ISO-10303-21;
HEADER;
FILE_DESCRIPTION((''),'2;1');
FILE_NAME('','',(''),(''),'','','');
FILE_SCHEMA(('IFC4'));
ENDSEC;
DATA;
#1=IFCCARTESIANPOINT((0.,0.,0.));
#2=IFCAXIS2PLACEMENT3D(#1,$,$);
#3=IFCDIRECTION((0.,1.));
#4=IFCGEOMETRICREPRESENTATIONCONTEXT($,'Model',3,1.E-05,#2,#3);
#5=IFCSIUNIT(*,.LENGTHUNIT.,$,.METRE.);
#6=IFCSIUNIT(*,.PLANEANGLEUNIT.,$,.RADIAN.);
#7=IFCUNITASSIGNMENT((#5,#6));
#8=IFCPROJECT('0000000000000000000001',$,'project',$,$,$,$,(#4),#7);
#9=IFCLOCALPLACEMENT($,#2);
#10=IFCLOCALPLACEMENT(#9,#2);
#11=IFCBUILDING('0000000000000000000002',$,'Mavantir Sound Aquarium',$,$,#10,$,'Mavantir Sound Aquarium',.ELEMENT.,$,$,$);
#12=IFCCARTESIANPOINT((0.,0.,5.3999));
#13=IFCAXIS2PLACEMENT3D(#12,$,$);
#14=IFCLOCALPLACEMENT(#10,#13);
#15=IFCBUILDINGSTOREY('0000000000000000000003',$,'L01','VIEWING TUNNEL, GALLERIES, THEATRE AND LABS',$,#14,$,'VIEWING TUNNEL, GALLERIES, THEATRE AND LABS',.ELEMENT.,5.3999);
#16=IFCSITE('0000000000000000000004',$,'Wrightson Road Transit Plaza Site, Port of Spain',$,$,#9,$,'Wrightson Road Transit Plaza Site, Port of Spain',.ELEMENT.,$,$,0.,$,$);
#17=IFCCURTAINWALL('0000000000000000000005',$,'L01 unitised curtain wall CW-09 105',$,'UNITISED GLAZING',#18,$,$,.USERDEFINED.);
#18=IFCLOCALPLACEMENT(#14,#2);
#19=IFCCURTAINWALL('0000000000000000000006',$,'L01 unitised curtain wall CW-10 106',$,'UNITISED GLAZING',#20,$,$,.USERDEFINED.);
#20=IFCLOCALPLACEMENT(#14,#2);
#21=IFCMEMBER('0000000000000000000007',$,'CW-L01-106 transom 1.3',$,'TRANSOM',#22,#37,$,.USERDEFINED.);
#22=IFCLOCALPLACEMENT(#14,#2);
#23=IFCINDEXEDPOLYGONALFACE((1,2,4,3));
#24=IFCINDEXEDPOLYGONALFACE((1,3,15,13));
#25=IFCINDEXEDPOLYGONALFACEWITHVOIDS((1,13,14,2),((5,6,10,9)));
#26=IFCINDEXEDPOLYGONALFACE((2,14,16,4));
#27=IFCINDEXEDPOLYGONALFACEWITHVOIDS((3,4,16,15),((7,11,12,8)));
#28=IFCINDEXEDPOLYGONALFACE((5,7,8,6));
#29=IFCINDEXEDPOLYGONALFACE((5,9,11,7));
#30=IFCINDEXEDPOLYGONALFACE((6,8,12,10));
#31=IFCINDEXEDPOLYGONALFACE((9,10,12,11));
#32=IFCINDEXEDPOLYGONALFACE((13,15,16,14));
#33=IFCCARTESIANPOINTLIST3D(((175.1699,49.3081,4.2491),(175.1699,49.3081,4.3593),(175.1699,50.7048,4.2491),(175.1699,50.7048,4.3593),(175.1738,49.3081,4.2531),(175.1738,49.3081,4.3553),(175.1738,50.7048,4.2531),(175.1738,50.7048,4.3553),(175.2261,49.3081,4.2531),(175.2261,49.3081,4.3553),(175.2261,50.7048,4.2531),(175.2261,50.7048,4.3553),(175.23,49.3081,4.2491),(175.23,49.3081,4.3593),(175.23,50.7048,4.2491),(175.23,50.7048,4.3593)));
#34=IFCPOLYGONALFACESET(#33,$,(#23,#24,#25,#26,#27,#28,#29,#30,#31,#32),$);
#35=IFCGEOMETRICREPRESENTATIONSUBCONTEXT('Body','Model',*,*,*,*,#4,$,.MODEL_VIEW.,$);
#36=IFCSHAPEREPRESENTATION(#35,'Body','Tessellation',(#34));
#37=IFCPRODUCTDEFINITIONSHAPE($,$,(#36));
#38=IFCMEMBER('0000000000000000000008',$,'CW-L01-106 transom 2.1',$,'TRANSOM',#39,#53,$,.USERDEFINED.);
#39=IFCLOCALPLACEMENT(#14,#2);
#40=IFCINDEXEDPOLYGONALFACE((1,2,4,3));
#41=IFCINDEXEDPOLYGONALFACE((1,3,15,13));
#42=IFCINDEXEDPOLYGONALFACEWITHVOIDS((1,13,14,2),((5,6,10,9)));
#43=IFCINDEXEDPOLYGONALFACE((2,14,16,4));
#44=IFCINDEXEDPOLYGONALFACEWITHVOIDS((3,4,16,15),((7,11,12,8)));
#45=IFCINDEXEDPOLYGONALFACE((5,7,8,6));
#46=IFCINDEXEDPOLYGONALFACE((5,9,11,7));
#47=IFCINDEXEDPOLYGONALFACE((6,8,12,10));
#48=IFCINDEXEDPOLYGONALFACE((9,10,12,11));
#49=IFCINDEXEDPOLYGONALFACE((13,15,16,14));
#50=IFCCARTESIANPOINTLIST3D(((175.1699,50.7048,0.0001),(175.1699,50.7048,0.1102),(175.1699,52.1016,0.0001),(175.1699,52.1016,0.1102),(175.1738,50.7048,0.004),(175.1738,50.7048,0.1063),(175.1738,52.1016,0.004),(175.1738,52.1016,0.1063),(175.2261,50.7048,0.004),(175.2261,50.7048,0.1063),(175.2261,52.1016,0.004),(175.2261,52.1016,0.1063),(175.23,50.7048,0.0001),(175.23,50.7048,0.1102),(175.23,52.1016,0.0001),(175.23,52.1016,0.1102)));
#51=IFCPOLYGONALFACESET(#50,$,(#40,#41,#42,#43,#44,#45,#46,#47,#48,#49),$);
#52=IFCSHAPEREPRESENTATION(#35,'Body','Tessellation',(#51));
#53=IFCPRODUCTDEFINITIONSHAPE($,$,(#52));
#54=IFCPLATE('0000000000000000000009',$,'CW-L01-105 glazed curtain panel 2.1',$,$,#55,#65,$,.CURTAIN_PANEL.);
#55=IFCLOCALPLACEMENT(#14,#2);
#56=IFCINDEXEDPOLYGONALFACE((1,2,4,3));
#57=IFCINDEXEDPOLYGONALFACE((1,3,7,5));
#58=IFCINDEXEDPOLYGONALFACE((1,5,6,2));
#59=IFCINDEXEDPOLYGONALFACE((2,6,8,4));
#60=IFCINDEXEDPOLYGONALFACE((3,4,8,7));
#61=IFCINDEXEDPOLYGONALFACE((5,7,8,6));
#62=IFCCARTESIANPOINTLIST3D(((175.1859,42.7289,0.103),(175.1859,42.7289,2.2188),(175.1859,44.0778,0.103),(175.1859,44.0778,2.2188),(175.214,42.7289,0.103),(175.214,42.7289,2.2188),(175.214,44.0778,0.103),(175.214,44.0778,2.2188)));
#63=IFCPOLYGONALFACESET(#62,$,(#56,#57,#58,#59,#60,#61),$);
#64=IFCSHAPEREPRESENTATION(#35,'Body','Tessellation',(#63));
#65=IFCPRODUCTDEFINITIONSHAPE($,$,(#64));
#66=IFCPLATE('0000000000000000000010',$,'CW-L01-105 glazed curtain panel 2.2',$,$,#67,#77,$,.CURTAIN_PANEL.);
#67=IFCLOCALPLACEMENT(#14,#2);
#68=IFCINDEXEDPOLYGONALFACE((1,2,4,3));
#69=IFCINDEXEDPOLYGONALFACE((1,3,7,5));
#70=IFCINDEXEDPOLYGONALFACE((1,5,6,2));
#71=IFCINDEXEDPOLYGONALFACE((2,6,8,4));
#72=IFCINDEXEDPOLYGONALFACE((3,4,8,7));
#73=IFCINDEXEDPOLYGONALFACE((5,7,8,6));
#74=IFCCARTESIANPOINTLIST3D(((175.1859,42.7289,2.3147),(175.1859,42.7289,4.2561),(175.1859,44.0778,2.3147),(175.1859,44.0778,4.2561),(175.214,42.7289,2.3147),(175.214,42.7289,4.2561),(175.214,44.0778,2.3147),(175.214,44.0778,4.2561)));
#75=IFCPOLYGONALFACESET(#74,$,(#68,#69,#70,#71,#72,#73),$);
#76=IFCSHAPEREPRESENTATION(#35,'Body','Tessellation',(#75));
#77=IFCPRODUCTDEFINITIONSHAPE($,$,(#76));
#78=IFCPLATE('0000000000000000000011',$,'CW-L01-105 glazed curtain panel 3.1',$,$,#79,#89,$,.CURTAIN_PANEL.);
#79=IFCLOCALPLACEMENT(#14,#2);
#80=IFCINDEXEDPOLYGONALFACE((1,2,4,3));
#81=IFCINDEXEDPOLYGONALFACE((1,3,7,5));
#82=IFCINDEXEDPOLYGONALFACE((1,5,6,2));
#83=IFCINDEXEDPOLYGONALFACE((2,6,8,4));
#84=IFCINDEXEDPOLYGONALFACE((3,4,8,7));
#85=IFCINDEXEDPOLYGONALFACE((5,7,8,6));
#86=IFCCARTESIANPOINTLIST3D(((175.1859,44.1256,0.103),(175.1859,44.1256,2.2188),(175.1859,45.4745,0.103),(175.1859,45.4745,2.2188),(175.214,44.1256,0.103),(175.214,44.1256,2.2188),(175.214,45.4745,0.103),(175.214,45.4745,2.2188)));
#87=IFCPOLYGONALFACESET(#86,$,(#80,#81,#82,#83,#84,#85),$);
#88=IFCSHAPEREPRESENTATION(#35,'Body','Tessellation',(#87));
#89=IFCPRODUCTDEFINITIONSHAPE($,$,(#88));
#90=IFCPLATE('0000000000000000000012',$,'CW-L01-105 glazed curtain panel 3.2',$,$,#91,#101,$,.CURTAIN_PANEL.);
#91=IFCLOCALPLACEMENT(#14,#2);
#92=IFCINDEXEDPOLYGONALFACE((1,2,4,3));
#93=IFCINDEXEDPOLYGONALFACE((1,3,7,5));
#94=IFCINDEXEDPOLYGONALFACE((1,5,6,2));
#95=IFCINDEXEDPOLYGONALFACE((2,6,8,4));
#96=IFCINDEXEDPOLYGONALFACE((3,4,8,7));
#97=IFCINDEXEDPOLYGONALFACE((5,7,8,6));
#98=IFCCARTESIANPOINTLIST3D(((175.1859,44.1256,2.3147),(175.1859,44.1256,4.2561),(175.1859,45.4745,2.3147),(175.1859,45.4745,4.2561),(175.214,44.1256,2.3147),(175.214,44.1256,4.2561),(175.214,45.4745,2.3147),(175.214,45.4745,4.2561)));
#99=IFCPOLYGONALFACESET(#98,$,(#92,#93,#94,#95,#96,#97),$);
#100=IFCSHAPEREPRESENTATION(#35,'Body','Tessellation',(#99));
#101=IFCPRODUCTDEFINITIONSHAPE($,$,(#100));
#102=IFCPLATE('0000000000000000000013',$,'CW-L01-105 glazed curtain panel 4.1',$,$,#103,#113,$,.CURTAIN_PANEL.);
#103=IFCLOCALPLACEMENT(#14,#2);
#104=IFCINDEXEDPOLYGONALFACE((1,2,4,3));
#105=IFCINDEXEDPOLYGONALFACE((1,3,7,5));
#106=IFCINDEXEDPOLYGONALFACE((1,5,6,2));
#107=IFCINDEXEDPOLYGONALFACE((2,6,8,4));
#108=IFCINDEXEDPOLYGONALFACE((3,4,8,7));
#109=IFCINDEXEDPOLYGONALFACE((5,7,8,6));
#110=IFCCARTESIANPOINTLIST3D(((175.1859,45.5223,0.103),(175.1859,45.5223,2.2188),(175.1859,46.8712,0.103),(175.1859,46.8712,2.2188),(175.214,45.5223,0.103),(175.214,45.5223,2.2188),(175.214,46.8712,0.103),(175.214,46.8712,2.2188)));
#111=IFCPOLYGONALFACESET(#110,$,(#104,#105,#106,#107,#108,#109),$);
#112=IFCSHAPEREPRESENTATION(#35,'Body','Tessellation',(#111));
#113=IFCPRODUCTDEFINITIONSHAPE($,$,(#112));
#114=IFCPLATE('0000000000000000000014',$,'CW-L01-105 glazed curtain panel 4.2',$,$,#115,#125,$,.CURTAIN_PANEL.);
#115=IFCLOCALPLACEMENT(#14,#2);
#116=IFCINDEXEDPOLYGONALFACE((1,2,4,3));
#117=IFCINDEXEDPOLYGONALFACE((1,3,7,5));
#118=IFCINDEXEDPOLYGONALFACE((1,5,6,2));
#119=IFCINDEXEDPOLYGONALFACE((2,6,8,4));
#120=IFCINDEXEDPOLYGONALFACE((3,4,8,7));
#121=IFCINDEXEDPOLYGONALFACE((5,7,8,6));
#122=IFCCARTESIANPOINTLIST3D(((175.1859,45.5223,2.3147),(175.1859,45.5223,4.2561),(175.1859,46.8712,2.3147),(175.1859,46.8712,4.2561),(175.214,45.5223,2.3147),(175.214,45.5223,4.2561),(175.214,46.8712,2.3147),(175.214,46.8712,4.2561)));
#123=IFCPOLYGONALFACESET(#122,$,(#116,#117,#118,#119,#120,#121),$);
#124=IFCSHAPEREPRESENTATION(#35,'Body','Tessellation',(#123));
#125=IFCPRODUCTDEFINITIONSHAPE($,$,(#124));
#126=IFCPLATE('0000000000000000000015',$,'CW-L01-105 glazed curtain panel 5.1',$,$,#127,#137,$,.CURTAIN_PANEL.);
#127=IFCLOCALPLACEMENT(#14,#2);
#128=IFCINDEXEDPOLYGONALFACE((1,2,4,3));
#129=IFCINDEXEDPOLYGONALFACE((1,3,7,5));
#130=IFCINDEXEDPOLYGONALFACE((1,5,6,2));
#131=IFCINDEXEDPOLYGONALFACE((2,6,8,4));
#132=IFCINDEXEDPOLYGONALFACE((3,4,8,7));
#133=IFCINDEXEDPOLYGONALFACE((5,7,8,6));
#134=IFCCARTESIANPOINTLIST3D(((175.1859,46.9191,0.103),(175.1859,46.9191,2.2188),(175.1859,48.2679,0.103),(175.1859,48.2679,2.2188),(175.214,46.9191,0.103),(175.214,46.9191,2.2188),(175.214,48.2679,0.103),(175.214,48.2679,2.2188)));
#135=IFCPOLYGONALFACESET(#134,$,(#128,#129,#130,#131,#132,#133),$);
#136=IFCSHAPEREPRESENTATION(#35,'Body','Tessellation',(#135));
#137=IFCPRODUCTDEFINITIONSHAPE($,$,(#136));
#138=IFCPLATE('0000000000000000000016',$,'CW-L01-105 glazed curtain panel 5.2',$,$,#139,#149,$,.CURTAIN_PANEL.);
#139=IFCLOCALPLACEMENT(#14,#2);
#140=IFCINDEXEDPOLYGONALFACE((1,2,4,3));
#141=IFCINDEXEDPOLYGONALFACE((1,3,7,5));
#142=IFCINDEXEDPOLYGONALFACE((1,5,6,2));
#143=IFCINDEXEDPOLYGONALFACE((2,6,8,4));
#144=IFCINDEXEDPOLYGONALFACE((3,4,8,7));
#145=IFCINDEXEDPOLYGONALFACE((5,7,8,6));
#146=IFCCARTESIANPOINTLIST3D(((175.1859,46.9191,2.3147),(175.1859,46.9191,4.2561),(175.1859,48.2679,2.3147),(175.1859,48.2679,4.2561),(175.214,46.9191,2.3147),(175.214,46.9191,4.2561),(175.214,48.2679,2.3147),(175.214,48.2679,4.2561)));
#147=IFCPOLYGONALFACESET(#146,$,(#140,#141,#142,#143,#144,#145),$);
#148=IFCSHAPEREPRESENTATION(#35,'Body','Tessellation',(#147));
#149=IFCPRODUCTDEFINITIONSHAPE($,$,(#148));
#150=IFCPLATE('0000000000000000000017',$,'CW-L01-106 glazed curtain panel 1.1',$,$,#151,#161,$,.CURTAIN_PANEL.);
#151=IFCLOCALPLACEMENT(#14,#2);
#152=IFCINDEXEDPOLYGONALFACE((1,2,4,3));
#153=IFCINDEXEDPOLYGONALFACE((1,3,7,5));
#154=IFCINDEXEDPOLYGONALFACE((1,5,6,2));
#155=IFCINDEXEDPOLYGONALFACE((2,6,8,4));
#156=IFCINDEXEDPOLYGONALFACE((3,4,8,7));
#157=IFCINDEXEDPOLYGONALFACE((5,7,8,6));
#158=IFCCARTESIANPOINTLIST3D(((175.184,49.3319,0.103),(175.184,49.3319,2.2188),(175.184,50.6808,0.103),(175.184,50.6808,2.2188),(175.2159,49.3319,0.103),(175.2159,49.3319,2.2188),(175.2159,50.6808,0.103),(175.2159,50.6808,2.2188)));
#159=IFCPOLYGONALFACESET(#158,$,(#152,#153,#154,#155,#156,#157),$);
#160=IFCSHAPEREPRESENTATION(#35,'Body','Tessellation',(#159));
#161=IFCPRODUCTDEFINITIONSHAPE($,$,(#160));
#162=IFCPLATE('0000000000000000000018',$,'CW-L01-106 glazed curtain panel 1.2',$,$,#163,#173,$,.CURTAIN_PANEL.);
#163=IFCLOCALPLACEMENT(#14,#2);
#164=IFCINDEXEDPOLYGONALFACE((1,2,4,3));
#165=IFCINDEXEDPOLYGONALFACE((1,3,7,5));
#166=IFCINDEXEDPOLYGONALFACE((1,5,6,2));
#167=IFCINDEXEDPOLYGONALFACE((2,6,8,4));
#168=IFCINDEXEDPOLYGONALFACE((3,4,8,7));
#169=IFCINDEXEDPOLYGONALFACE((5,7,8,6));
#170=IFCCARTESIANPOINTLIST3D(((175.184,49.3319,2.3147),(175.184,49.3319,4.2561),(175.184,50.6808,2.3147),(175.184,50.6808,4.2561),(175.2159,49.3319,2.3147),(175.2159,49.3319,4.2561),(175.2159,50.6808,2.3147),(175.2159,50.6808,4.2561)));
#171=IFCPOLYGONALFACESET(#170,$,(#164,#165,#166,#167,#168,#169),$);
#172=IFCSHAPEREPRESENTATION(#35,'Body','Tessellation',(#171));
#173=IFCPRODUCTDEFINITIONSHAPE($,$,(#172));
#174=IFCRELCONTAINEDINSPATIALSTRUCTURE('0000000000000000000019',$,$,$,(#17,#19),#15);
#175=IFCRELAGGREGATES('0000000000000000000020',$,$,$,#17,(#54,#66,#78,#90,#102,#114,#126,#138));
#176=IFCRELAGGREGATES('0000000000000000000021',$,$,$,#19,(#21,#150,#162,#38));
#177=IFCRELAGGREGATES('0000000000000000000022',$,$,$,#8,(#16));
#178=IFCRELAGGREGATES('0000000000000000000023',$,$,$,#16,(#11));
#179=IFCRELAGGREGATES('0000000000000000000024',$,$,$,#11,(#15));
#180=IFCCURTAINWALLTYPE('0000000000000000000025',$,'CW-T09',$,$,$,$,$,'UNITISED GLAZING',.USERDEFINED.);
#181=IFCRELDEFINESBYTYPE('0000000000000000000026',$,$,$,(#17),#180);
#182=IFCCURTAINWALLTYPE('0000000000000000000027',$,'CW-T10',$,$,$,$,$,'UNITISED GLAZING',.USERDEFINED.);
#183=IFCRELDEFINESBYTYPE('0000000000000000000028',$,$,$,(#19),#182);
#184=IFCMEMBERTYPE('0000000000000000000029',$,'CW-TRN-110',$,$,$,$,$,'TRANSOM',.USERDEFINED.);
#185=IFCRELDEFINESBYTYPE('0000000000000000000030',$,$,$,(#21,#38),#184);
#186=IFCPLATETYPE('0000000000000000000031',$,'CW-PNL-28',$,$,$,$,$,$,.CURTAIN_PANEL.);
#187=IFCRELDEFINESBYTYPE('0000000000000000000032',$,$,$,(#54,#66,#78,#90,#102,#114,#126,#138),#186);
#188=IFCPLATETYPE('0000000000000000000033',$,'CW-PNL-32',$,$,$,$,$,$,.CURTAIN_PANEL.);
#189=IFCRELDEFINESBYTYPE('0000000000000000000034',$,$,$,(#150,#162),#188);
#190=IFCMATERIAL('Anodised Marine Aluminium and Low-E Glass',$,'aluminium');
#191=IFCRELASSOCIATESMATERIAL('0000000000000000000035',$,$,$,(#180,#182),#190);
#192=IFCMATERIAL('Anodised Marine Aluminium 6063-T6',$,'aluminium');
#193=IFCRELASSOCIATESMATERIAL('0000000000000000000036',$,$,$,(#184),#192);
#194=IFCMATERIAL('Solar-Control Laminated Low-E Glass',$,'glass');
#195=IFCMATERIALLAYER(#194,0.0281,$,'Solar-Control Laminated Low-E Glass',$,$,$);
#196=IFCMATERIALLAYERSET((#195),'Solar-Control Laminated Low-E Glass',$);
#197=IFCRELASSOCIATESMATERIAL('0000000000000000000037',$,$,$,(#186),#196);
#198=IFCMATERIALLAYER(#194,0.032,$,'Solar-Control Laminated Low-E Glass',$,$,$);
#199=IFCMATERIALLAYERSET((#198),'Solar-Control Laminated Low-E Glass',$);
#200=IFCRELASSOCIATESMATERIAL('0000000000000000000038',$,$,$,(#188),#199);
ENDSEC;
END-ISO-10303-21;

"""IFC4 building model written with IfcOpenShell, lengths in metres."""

from ifc_helpers import new_model, si_unit, direction, frame, origin, origin_2d, place, context, subcontext, project, spatial, rectangle, hollow_rectangle, extrude, material, layer, layer_set, material_profile, profile_set, type_object, element, aggregate, save


model = new_model("IFC4")

# Units and contexts
model_context = context("Model", 3, precision=1e-05, world=origin(), true_north=direction((0.0, 1.0)))
body_context = subcontext(model_context, "Body", "Model", "MODEL_VIEW")
ifc_project = project(units=[si_unit("LENGTHUNIT", "METRE"), si_unit("PLANEANGLEUNIT", "RADIAN")], contexts=[model_context])

# Site, building, storey
site_placement = place(None, origin())
site = spatial("IfcSite", under=ifc_project, at=site_placement, Name="Wrightson Road Transit Plaza Site, Port of Spain", LongName="Wrightson Road Transit Plaza Site, Port of Spain", CompositionType="ELEMENT", RefElevation=0.0)
building_placement = place(site_placement, origin())
building = spatial("IfcBuilding", under=site, at=building_placement, Name="Mavantir Sound Aquarium", LongName="Mavantir Sound Aquarium", CompositionType="ELEMENT")
storey_placement = place(building_placement, frame((0.0, 0.0, 5.3999)))
storey = spatial("IfcBuildingStorey", under=building, at=storey_placement, Name="L01", Description="VIEWING TUNNEL, GALLERIES, THEATRE AND LABS", LongName="VIEWING TUNNEL, GALLERIES, THEATRE AND LABS", CompositionType="ELEMENT", Elevation=5.3999)

# Curtain walls
ifc_material_1 = material(Name="Anodised Marine Aluminium and Low-E Glass", Category="aluminium")
curtain_wall_type_1 = type_object("IfcCurtainWallType", Name="CW-T09", ElementType="UNITISED GLAZING", PredefinedType="USERDEFINED", material=ifc_material_1)
curtain_wall_1_placement = place(storey_placement, origin())
curtain_wall_1 = element("IfcCurtainWall", 1, at=curtain_wall_1_placement, inside=storey, type_object=curtain_wall_type_1, Name="L01 unitised curtain wall CW-09 105", ObjectType="UNITISED GLAZING", PredefinedType="USERDEFINED")
ifc_material_2 = material(Name="Anodised Marine Aluminium 6063-T6", Category="aluminium")
curtain_wall_type_2 = type_object("IfcCurtainWallType", Name="CW-T10", ElementType="UNITISED GLAZING", PredefinedType="USERDEFINED", material=ifc_material_1)
curtain_wall_2_placement = place(storey_placement, origin())
curtain_wall_2 = element("IfcCurtainWall", 2, at=curtain_wall_2_placement, inside=storey, type_object=curtain_wall_type_2, Name="L01 unitised curtain wall CW-10 106", ObjectType="UNITISED GLAZING", PredefinedType="USERDEFINED")

# Members
ifc_material_profile_1 = material_profile(ifc_material_2, hollow_rectangle(XDim=0.0601, YDim=0.1101, WallThickness=0.0039, at=origin_2d()), Name="ALU-TRANSOM-110X60")
ifc_profile_set_1 = profile_set([ifc_material_profile_1], Name="Anodised Marine Aluminium 6063-T6")
member_type_1 = type_object("IfcMemberType", Name="CW-TRN-110", ElementType="TRANSOM", PredefinedType="USERDEFINED", material=ifc_profile_set_1)
member_1_placement = place(storey_placement, frame((175.2, 49.3081, 4.3042), z_axis=(0.0, 1.0, 0.0), x_axis=(-1.0, 0.0, 0.0)))
member_1 = element("IfcMember", 3, at=member_1_placement, type_object=member_type_1, Name="CW-L01-106 transom 1.3", ObjectType="TRANSOM", PredefinedType="USERDEFINED", context=body_context, shape_type="SweptSolid", body=[
    extrude(hollow_rectangle(XDim=0.0601, YDim=0.1101, WallThickness=0.0039, at=origin_2d()), origin(), (0.0, 0.0, 1.0), 1.3967),
])
member_2_placement = place(storey_placement, frame((175.2, 50.7048, 0.0552), z_axis=(0.0, 1.0, 0.0), x_axis=(-1.0, 0.0, 0.0)))
member_2 = element("IfcMember", 4, at=member_2_placement, type_object=member_type_1, Name="CW-L01-106 transom 2.1", ObjectType="TRANSOM", PredefinedType="USERDEFINED", context=body_context, shape_type="SweptSolid", body=[
    extrude(hollow_rectangle(XDim=0.0601, YDim=0.1101, WallThickness=0.0039, at=origin_2d()), origin(), (0.0, 0.0, 1.0), 1.3967),
])

# Plates
ifc_material_3 = material(Name="Solar-Control Laminated Low-E Glass", Category="glass")
ifc_layer_1 = layer(ifc_material_3, 0.0281, Name="Solar-Control Laminated Low-E Glass")
ifc_layer_set_1 = layer_set([ifc_layer_1], Name="Solar-Control Laminated Low-E Glass")
plate_type_1 = type_object("IfcPlateType", Name="CW-PNL-28", PredefinedType="CURTAIN_PANEL", material=ifc_layer_set_1)
plate_1_placement = place(storey_placement, frame((175.2, 43.4033, 0.103), z_axis=(0.0, 0.0, 1.0), x_axis=(0.0, 1.0, 0.0)))
plate_1 = element("IfcPlate", 5, at=plate_1_placement, type_object=plate_type_1, Name="CW-L01-105 glazed curtain panel 2.1", PredefinedType="CURTAIN_PANEL", context=body_context, shape_type="SweptSolid", body=[
    extrude(rectangle(XDim=1.3489, YDim=0.0281, at=origin_2d()), origin(), (0.0, 0.0, 1.0), 2.1157),
])
plate_2_placement = place(storey_placement, frame((175.2, 43.4033, 2.3147), z_axis=(0.0, 0.0, 1.0), x_axis=(0.0, 1.0, 0.0)))
plate_2 = element("IfcPlate", 6, at=plate_2_placement, type_object=plate_type_1, Name="CW-L01-105 glazed curtain panel 2.2", PredefinedType="CURTAIN_PANEL", context=body_context, shape_type="SweptSolid", body=[
    extrude(rectangle(XDim=1.3489, YDim=0.0281, at=origin_2d()), origin(), (0.0, 0.0, 1.0), 1.9414),
])
plate_3_placement = place(storey_placement, frame((175.2, 44.8, 0.103), z_axis=(0.0, 0.0, 1.0), x_axis=(0.0, 1.0, 0.0)))
plate_3 = element("IfcPlate", 7, at=plate_3_placement, type_object=plate_type_1, Name="CW-L01-105 glazed curtain panel 3.1", PredefinedType="CURTAIN_PANEL", context=body_context, shape_type="SweptSolid", body=[
    extrude(rectangle(XDim=1.3489, YDim=0.0281, at=origin_2d()), origin(), (0.0, 0.0, 1.0), 2.1157),
])
plate_4_placement = place(storey_placement, frame((175.2, 44.8, 2.3147), z_axis=(0.0, 0.0, 1.0), x_axis=(0.0, 1.0, 0.0)))
plate_4 = element("IfcPlate", 8, at=plate_4_placement, type_object=plate_type_1, Name="CW-L01-105 glazed curtain panel 3.2", PredefinedType="CURTAIN_PANEL", context=body_context, shape_type="SweptSolid", body=[
    extrude(rectangle(XDim=1.3489, YDim=0.0281, at=origin_2d()), origin(), (0.0, 0.0, 1.0), 1.9414),
])
plate_5_placement = place(storey_placement, frame((175.2, 46.1968, 0.103), z_axis=(0.0, 0.0, 1.0), x_axis=(0.0, 1.0, 0.0)))
plate_5 = element("IfcPlate", 9, at=plate_5_placement, type_object=plate_type_1, Name="CW-L01-105 glazed curtain panel 4.1", PredefinedType="CURTAIN_PANEL", context=body_context, shape_type="SweptSolid", body=[
    extrude(rectangle(XDim=1.3489, YDim=0.0281, at=origin_2d()), origin(), (0.0, 0.0, 1.0), 2.1157),
])
plate_6_placement = place(storey_placement, frame((175.2, 46.1968, 2.3147), z_axis=(0.0, 0.0, 1.0), x_axis=(0.0, 1.0, 0.0)))
plate_6 = element("IfcPlate", 10, at=plate_6_placement, type_object=plate_type_1, Name="CW-L01-105 glazed curtain panel 4.2", PredefinedType="CURTAIN_PANEL", context=body_context, shape_type="SweptSolid", body=[
    extrude(rectangle(XDim=1.3489, YDim=0.0281, at=origin_2d()), origin(), (0.0, 0.0, 1.0), 1.9414),
])
plate_7_placement = place(storey_placement, frame((175.2, 47.5935, 0.103), z_axis=(0.0, 0.0, 1.0), x_axis=(0.0, 1.0, 0.0)))
plate_7 = element("IfcPlate", 11, at=plate_7_placement, type_object=plate_type_1, Name="CW-L01-105 glazed curtain panel 5.1", PredefinedType="CURTAIN_PANEL", context=body_context, shape_type="SweptSolid", body=[
    extrude(rectangle(XDim=1.3489, YDim=0.0281, at=origin_2d()), origin(), (0.0, 0.0, 1.0), 2.1157),
])
plate_8_placement = place(storey_placement, frame((175.2, 47.5935, 2.3147), z_axis=(0.0, 0.0, 1.0), x_axis=(0.0, 1.0, 0.0)))
plate_8 = element("IfcPlate", 12, at=plate_8_placement, type_object=plate_type_1, Name="CW-L01-105 glazed curtain panel 5.2", PredefinedType="CURTAIN_PANEL", context=body_context, shape_type="SweptSolid", body=[
    extrude(rectangle(XDim=1.3489, YDim=0.0281, at=origin_2d()), origin(), (0.0, 0.0, 1.0), 1.9414),
])
aggregate(curtain_wall_1, [plate_1, plate_2, plate_3, plate_4, plate_5, plate_6, plate_7, plate_8])
ifc_layer_2 = layer(ifc_material_3, 0.032, Name="Solar-Control Laminated Low-E Glass")
ifc_layer_set_2 = layer_set([ifc_layer_2], Name="Solar-Control Laminated Low-E Glass")
plate_type_2 = type_object("IfcPlateType", Name="CW-PNL-32", PredefinedType="CURTAIN_PANEL", material=ifc_layer_set_2)
plate_9_placement = place(storey_placement, frame((175.2, 50.0063, 0.103), z_axis=(0.0, 0.0, 1.0), x_axis=(0.0, 1.0, 0.0)))
plate_9 = element("IfcPlate", 13, at=plate_9_placement, type_object=plate_type_2, Name="CW-L01-106 glazed curtain panel 1.1", PredefinedType="CURTAIN_PANEL", context=body_context, shape_type="SweptSolid", body=[
    extrude(rectangle(XDim=1.3489, YDim=0.032, at=origin_2d()), origin(), (0.0, 0.0, 1.0), 2.1157),
])
plate_10_placement = place(storey_placement, frame((175.2, 50.0063, 2.3147), z_axis=(0.0, 0.0, 1.0), x_axis=(0.0, 1.0, 0.0)))
plate_10 = element("IfcPlate", 14, at=plate_10_placement, type_object=plate_type_2, Name="CW-L01-106 glazed curtain panel 1.2", PredefinedType="CURTAIN_PANEL", context=body_context, shape_type="SweptSolid", body=[
    extrude(rectangle(XDim=1.3489, YDim=0.032, at=origin_2d()), origin(), (0.0, 0.0, 1.0), 1.9414),
])
aggregate(curtain_wall_2, [member_1, plate_9, plate_10, member_2])

save(model, "model.ifc")
